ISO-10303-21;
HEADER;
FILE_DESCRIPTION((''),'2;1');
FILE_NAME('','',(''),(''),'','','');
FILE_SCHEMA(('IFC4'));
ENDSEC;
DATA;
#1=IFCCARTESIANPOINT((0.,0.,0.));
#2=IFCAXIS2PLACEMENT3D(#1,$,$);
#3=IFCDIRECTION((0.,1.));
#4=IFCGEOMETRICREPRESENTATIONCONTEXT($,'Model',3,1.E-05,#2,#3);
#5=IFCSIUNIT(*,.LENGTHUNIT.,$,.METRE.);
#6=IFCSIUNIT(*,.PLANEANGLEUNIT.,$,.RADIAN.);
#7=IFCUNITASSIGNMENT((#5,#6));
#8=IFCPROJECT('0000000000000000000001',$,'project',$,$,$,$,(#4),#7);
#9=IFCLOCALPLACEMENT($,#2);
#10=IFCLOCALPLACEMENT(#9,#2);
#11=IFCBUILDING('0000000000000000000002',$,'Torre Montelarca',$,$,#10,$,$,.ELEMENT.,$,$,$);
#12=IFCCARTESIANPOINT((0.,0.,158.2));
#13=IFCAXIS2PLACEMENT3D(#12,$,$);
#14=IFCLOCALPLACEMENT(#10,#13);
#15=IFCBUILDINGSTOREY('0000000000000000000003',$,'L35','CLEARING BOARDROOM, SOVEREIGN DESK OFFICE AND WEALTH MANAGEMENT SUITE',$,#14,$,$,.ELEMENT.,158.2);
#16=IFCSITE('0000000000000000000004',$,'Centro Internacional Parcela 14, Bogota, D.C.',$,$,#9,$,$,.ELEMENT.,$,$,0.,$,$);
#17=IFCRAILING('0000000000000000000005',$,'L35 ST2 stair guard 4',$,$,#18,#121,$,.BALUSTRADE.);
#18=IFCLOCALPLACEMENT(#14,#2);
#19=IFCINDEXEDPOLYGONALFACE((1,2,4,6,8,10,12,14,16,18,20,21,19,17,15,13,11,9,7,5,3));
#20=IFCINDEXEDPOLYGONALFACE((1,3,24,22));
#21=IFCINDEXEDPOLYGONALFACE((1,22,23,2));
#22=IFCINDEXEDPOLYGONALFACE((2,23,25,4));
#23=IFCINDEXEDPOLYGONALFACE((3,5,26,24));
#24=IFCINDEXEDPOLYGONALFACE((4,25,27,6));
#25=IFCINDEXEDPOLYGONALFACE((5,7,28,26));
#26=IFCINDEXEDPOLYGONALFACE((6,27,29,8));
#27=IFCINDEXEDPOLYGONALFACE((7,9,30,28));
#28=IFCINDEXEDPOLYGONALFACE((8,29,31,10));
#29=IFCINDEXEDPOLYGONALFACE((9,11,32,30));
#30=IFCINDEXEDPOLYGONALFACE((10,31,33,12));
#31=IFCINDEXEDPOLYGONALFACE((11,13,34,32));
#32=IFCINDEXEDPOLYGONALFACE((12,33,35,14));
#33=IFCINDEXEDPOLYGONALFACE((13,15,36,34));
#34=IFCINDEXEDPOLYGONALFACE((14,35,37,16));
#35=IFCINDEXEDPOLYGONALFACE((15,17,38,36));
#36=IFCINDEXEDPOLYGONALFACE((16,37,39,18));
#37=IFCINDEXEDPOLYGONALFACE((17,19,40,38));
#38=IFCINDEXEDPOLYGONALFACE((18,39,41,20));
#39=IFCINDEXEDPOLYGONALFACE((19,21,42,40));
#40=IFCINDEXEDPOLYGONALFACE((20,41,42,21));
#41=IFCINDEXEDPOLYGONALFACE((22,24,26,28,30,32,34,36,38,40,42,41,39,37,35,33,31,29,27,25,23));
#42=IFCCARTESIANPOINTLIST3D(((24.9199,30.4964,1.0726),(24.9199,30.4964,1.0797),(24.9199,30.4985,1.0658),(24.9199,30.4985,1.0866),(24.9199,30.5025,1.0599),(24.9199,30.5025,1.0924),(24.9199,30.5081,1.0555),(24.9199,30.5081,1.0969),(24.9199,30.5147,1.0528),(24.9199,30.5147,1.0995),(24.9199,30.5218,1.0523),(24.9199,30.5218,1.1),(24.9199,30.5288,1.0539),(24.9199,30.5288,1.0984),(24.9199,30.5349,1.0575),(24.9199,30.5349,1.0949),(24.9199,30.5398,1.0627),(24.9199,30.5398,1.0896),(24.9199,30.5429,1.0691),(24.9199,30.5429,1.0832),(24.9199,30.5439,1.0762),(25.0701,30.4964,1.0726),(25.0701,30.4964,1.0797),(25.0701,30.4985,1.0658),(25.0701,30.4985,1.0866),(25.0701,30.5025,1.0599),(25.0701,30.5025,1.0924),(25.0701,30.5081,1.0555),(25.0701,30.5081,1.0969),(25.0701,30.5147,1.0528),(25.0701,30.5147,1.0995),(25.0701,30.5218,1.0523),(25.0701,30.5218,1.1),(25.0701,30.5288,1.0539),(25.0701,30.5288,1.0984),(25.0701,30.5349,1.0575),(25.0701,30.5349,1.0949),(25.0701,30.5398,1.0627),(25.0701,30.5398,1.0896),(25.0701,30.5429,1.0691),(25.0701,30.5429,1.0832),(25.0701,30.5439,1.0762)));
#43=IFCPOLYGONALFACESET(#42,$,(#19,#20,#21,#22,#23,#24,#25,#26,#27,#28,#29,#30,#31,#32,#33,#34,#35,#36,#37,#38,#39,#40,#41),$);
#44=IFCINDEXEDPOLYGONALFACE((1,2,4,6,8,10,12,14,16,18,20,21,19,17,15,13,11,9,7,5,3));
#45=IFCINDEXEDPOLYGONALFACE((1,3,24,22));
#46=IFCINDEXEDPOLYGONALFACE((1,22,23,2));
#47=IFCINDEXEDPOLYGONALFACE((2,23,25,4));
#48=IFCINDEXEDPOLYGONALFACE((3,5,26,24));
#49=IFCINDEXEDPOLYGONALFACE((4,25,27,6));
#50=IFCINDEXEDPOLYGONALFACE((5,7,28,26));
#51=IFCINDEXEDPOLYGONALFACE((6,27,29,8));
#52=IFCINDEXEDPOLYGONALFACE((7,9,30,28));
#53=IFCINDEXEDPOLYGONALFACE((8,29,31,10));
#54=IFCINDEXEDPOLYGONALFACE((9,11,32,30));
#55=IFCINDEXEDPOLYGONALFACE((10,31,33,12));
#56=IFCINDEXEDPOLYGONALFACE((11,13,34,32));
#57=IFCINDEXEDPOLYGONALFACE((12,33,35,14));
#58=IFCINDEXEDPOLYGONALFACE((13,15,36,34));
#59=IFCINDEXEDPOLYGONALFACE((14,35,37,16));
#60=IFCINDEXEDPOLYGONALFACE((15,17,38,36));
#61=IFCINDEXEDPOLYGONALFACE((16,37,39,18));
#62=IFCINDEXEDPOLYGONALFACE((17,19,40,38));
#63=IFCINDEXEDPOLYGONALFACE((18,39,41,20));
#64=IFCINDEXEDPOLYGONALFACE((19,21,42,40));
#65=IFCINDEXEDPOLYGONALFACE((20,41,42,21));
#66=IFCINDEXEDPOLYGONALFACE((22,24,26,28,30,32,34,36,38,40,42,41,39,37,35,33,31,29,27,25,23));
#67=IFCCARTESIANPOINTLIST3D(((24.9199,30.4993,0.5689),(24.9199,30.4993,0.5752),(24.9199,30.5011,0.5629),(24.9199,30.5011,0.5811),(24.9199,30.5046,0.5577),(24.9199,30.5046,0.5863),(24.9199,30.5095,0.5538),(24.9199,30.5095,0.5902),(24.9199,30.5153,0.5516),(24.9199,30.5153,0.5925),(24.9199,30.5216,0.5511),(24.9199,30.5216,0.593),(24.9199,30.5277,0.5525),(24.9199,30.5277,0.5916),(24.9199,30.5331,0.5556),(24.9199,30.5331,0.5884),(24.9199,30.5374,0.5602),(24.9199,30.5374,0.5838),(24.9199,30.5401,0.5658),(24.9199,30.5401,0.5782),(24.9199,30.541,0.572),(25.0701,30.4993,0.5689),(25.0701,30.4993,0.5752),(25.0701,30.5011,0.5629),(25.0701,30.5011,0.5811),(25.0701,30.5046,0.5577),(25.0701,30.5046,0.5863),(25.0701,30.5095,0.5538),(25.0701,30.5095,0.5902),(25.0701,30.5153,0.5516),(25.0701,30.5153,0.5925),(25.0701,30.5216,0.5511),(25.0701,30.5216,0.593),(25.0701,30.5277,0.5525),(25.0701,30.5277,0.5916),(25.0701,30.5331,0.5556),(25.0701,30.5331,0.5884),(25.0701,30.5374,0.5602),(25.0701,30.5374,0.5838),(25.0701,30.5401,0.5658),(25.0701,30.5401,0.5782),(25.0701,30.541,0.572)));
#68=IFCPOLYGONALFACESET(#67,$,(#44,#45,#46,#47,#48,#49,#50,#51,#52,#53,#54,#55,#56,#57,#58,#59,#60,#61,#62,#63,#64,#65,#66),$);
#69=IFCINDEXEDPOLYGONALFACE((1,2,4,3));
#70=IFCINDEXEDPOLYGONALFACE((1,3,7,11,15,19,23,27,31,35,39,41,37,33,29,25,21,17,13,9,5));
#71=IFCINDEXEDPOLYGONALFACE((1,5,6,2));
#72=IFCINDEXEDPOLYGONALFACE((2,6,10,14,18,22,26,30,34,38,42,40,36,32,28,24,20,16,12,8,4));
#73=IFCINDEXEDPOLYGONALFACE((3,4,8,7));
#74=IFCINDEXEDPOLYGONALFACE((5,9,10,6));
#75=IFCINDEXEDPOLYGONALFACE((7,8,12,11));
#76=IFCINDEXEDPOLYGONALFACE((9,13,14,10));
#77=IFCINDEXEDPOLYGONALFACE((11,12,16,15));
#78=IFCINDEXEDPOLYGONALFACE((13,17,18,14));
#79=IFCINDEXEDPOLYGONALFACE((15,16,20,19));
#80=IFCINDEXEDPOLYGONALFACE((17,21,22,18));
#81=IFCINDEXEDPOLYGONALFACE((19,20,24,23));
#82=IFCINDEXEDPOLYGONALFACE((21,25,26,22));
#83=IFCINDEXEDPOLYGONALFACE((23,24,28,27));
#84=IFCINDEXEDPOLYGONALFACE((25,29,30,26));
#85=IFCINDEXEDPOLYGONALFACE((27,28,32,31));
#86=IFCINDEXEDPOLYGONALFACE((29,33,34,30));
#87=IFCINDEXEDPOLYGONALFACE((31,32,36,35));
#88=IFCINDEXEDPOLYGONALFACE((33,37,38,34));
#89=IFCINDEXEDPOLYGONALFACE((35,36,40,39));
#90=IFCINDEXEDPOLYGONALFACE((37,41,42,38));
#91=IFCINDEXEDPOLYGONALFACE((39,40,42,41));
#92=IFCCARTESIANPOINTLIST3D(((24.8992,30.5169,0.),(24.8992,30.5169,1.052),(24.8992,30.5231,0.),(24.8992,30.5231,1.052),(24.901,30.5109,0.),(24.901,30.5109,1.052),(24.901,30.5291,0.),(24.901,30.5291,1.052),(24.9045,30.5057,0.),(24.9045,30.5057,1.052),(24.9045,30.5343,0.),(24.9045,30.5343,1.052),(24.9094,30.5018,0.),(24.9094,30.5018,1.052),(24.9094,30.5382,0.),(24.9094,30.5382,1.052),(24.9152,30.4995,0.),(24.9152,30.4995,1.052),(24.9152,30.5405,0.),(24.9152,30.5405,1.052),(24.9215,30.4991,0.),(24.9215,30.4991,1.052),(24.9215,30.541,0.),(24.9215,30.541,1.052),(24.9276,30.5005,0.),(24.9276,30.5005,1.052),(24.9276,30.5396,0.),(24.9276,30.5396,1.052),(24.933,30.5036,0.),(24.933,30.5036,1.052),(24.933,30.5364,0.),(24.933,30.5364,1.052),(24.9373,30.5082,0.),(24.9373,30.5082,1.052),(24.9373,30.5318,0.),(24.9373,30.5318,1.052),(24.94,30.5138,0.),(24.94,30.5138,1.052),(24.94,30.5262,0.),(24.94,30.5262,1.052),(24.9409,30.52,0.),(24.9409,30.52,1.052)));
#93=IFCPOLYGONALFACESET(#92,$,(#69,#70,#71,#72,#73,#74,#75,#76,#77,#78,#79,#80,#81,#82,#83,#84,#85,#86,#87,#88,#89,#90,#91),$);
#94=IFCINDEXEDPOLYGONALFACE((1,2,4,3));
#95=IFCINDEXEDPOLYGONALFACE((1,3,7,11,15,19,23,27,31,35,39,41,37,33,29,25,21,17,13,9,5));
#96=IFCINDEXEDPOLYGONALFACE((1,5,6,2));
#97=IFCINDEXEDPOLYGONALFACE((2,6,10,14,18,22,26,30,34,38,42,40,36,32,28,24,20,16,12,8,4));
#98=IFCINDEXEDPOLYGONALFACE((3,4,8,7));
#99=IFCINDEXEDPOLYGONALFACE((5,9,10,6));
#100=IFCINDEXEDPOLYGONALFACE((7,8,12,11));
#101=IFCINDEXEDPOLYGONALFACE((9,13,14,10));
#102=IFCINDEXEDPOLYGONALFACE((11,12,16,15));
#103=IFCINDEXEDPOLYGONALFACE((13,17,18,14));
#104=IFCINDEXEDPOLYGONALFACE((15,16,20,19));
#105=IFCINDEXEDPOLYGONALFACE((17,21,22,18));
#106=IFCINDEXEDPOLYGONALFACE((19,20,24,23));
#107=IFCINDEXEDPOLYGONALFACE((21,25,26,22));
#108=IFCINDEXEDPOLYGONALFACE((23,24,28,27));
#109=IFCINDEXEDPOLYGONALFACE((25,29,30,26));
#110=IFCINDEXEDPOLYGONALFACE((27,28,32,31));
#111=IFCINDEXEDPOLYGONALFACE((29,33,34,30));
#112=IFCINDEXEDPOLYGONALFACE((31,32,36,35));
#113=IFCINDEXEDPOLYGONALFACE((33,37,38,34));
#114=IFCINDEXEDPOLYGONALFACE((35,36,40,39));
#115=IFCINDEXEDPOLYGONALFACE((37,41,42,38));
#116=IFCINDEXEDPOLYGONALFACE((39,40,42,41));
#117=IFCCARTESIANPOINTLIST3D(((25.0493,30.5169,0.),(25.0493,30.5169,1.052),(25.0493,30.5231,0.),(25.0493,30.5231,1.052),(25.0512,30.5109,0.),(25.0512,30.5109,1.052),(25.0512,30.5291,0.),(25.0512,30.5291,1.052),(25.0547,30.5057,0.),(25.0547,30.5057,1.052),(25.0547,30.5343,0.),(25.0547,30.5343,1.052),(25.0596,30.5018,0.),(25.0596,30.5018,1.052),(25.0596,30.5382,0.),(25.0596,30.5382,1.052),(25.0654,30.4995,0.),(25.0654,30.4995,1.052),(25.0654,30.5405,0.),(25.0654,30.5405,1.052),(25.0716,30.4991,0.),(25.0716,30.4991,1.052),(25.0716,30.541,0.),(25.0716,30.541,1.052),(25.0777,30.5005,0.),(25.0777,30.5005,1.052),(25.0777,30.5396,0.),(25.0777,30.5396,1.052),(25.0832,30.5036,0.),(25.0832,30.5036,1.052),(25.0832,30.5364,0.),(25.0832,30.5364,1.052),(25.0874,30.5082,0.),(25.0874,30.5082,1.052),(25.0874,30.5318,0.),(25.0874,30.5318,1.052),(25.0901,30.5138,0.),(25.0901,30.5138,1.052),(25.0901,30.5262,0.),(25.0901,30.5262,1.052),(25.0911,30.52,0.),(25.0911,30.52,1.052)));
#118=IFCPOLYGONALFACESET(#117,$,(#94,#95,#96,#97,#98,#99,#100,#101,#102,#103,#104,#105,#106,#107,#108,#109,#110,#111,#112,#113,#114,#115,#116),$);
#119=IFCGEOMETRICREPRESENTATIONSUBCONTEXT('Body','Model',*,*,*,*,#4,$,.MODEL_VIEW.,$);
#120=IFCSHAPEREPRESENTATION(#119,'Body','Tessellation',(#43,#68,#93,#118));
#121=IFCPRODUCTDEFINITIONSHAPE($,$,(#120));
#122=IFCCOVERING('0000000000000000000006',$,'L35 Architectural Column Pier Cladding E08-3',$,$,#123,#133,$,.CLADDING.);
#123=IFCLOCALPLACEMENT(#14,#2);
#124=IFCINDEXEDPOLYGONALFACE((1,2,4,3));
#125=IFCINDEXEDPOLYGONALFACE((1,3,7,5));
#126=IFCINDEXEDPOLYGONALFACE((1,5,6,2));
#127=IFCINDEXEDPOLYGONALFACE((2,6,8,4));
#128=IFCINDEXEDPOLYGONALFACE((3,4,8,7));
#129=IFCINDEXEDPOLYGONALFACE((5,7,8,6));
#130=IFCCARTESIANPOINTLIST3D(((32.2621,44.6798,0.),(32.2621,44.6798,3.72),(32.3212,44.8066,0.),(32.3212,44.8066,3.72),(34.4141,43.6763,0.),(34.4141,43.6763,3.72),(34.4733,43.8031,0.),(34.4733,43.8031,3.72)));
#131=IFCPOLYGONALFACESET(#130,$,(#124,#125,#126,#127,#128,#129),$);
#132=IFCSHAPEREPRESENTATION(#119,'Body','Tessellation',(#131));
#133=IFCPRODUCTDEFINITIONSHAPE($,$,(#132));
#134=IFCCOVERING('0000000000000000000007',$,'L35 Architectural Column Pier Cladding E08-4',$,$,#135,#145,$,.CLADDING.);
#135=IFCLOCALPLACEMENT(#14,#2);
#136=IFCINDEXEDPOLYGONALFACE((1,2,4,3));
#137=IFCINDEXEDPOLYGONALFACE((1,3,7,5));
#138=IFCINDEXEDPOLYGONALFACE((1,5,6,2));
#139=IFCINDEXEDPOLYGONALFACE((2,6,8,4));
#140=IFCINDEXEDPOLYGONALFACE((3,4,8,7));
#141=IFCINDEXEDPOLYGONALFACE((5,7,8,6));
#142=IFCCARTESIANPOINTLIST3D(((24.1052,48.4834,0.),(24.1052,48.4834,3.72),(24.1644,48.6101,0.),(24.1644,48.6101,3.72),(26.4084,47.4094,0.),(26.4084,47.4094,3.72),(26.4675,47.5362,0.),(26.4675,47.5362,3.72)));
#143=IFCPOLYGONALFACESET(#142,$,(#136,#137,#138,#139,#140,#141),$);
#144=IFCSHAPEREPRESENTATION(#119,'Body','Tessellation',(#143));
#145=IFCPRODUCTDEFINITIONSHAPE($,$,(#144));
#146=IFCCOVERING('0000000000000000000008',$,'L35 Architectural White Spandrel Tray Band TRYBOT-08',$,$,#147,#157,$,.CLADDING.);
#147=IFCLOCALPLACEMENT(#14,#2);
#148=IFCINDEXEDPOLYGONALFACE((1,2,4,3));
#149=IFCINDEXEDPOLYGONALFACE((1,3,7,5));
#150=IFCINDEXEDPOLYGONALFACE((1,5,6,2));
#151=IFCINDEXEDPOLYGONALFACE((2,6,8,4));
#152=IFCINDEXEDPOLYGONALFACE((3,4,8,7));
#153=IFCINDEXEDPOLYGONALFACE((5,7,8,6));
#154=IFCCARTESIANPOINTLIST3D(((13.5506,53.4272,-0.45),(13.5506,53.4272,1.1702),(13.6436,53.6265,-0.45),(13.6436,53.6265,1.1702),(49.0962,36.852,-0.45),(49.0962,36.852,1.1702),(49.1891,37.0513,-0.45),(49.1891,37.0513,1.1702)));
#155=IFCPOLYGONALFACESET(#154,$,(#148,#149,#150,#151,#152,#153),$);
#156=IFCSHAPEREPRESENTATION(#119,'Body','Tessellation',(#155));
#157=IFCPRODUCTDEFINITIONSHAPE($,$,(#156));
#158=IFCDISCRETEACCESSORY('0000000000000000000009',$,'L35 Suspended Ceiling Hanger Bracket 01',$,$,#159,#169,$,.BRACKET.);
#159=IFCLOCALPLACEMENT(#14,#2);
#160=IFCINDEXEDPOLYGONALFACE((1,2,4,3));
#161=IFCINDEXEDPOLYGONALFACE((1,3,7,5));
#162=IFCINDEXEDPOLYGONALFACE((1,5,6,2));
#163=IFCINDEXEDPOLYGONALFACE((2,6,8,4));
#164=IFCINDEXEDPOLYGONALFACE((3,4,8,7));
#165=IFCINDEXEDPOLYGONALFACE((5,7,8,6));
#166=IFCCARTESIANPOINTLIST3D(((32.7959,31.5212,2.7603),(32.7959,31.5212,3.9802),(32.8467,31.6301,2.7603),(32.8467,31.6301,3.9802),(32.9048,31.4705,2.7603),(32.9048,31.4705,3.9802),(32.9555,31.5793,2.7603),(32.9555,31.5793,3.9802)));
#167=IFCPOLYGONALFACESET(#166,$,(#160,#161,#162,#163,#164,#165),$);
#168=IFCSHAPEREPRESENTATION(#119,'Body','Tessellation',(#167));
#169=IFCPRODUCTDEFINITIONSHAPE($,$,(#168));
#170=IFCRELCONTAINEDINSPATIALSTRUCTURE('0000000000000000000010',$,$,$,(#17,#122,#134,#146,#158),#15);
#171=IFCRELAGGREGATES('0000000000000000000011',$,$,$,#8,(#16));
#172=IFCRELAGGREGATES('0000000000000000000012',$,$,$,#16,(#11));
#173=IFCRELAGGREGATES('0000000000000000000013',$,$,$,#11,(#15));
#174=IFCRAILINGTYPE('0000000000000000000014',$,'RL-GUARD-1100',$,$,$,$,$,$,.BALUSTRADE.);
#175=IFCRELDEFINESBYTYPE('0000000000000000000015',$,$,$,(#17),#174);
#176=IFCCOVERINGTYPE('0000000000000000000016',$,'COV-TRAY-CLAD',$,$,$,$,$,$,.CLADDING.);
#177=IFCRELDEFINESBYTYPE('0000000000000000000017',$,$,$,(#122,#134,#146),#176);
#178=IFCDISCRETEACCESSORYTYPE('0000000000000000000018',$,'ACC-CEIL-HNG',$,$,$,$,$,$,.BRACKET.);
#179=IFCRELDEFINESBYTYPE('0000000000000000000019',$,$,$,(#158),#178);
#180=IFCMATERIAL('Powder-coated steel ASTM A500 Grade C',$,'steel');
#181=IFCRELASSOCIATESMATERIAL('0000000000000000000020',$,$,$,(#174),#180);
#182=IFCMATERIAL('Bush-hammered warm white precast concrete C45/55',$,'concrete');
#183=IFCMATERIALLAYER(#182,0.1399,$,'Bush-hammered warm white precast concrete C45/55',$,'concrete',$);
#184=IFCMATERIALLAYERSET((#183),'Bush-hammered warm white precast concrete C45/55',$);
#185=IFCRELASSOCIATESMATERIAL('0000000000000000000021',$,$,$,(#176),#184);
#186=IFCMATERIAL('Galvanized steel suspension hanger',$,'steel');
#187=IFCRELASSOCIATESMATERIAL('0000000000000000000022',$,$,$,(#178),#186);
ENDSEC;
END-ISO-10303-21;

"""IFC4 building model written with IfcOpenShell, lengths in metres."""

from ifc_helpers import new_model, si_unit, direction, frame, origin, origin_2d, place, context, subcontext, project, spatial, rectangle, circle, extrude, source, transform, mapped, material, layer, layer_set, type_object, element, save


model = new_model("IFC4")

# Units and contexts
model_context = context("Model", 3, precision=1e-05, world=origin(), true_north=direction((0.0, 1.0)))
body_context = subcontext(model_context, "Body", "Model", "MODEL_VIEW")
ifc_project = project(units=[si_unit("LENGTHUNIT", "METRE"), si_unit("PLANEANGLEUNIT", "RADIAN")], contexts=[model_context])

# Site, building, storey
site_placement = place(None, origin())
site = spatial("IfcSite", under=ifc_project, at=site_placement, Name="Centro Internacional Parcela 14, Bogota, D.C.", CompositionType="ELEMENT", RefElevation=0.0)
building_placement = place(site_placement, origin())
building = spatial("IfcBuilding", under=site, at=building_placement, Name="Torre Montelarca", CompositionType="ELEMENT")
storey_placement = place(building_placement, frame((0.0, 0.0, 158.2)))
storey = spatial("IfcBuildingStorey", under=building, at=storey_placement, Name="L35", Description="CLEARING BOARDROOM, SOVEREIGN DESK OFFICE AND WEALTH MANAGEMENT SUITE", CompositionType="ELEMENT", Elevation=158.2)

# Railing
ifc_material_1 = material(Name="Powder-coated steel ASTM A500 Grade C", Category="steel")
railing_type = type_object("IfcRailingType", Name="RL-GUARD-1100", PredefinedType="BALUSTRADE", material=ifc_material_1)
railing_1_placement = place(storey_placement, frame((24.9199, 30.52, 0.0)))
element("IfcRailing", 1, at=railing_1_placement, inside=storey, type_object=railing_type, Name="L35 ST2 stair guard 4", PredefinedType="BALUSTRADE", context=body_context, shape_type="SweptSolid", body=[
    extrude(circle(Radius=0.0239, at=origin_2d()), frame((0.0, 0.0, 1.0762), z_axis=(1.0, 0.0, 0.0), x_axis=(0.0, 1.0, 0.0)), (0.0, 0.0, 1.0), 0.1501),
    extrude(circle(Radius=0.021, at=origin_2d()), frame((0.0, 0.0, 0.572), z_axis=(1.0, 0.0, 0.0), x_axis=(0.0, 1.0, 0.0)), (0.0, 0.0, 1.0), 0.1501),
    extrude(circle(Radius=0.021, at=origin_2d()), origin(), (0.0, 0.0, 1.0), 1.052),
    extrude(circle(Radius=0.021, at=origin_2d()), frame((0.1501, 0.0, 0.0)), (0.0, 0.0, 1.0), 1.052),
])

# Coverings
ifc_material_2 = material(Name="Bush-hammered warm white precast concrete C45/55", Category="concrete")
ifc_layer_1 = layer(ifc_material_2, 0.1399, Name="Bush-hammered warm white precast concrete C45/55", Category="concrete")
ifc_layer_set_1 = layer_set([ifc_layer_1], Name="Bush-hammered warm white precast concrete C45/55")
covering_type = type_object("IfcCoveringType", Name="COV-TRAY-CLAD", PredefinedType="CLADDING", material=ifc_layer_set_1)
shared_shape_1 = source(origin(), body_context, "Body", "SweptSolid", [
    extrude(rectangle(XDim=2.3745, YDim=0.1399, at=origin_2d()), origin(), (0.0, 0.0, 1.0), 3.72),
])
covering_1_placement = place(storey_placement, frame((33.3677, 44.2415, 0.0), z_axis=(0.0, 0.0, 1.0), x_axis=(-0.906308, 0.422618, 0.0)))
element("IfcCovering", 2, at=covering_1_placement, inside=storey, type_object=covering_type, Name="L35 Architectural Column Pier Cladding E08-3", PredefinedType="CLADDING", context=body_context, shape_type="MappedRepresentation", body=[
    mapped(shared_shape_1, transform((0.0, 0.0, 0.0), scale=1.0)),
])
shared_shape_2 = source(origin(), body_context, "Body", "SweptSolid", [
    extrude(rectangle(XDim=2.5413, YDim=0.1399, at=origin_2d()), origin(), (0.0, 0.0, 1.0), 3.72),
])
covering_2_placement = place(storey_placement, frame((25.2864, 48.0098, 0.0), z_axis=(0.0, 0.0, 1.0), x_axis=(-0.906308, 0.422618, 0.0)))
element("IfcCovering", 3, at=covering_2_placement, inside=storey, type_object=covering_type, Name="L35 Architectural Column Pier Cladding E08-4", PredefinedType="CLADDING", context=body_context, shape_type="MappedRepresentation", body=[
    mapped(shared_shape_2, transform((0.0, 0.0, 0.0), scale=1.0)),
])
shared_shape_3 = source(origin(), body_context, "Body", "SweptSolid", [
    extrude(rectangle(XDim=39.2202, YDim=0.22, at=origin_2d()), origin(), (0.0, 0.0, 1.0), 1.6201),
])
covering_3_placement = place(storey_placement, frame((31.3699, 45.2393, -0.45), z_axis=(0.0, 0.0, 1.0), x_axis=(-0.906308, 0.422618, 0.0)))
element("IfcCovering", 4, at=covering_3_placement, inside=storey, type_object=covering_type, Name="L35 Architectural White Spandrel Tray Band TRYBOT-08", PredefinedType="CLADDING", context=body_context, shape_type="MappedRepresentation", body=[
    mapped(shared_shape_3, transform((0.0, 0.0, 0.0), scale=1.0)),
])

# Discrete accessory
ifc_material_3 = material(Name="Galvanized steel suspension hanger", Category="steel")
discrete_accessory_type = type_object("IfcDiscreteAccessoryType", Name="ACC-CEIL-HNG", PredefinedType="BRACKET", material=ifc_material_3)
shared_shape_4 = source(origin(), body_context, "Body", "SweptSolid", [
    extrude(rectangle(XDim=0.1201, YDim=0.1201, at=origin_2d()), origin(), (0.0, 0.0, 1.0), 1.22),
])
discrete_accessory_placement = place(storey_placement, frame((32.8757, 31.5503, 2.7603), z_axis=(0.0, 0.0, 1.0), x_axis=(-0.906308, 0.422618, 0.0)))
element("IfcDiscreteAccessory", 5, at=discrete_accessory_placement, inside=storey, type_object=discrete_accessory_type, Name="L35 Suspended Ceiling Hanger Bracket 01", PredefinedType="BRACKET", context=body_context, shape_type="MappedRepresentation", body=[
    mapped(shared_shape_4, transform((0.0, 0.0, 0.0), scale=1.0)),
])

save(model, "model.ifc")
